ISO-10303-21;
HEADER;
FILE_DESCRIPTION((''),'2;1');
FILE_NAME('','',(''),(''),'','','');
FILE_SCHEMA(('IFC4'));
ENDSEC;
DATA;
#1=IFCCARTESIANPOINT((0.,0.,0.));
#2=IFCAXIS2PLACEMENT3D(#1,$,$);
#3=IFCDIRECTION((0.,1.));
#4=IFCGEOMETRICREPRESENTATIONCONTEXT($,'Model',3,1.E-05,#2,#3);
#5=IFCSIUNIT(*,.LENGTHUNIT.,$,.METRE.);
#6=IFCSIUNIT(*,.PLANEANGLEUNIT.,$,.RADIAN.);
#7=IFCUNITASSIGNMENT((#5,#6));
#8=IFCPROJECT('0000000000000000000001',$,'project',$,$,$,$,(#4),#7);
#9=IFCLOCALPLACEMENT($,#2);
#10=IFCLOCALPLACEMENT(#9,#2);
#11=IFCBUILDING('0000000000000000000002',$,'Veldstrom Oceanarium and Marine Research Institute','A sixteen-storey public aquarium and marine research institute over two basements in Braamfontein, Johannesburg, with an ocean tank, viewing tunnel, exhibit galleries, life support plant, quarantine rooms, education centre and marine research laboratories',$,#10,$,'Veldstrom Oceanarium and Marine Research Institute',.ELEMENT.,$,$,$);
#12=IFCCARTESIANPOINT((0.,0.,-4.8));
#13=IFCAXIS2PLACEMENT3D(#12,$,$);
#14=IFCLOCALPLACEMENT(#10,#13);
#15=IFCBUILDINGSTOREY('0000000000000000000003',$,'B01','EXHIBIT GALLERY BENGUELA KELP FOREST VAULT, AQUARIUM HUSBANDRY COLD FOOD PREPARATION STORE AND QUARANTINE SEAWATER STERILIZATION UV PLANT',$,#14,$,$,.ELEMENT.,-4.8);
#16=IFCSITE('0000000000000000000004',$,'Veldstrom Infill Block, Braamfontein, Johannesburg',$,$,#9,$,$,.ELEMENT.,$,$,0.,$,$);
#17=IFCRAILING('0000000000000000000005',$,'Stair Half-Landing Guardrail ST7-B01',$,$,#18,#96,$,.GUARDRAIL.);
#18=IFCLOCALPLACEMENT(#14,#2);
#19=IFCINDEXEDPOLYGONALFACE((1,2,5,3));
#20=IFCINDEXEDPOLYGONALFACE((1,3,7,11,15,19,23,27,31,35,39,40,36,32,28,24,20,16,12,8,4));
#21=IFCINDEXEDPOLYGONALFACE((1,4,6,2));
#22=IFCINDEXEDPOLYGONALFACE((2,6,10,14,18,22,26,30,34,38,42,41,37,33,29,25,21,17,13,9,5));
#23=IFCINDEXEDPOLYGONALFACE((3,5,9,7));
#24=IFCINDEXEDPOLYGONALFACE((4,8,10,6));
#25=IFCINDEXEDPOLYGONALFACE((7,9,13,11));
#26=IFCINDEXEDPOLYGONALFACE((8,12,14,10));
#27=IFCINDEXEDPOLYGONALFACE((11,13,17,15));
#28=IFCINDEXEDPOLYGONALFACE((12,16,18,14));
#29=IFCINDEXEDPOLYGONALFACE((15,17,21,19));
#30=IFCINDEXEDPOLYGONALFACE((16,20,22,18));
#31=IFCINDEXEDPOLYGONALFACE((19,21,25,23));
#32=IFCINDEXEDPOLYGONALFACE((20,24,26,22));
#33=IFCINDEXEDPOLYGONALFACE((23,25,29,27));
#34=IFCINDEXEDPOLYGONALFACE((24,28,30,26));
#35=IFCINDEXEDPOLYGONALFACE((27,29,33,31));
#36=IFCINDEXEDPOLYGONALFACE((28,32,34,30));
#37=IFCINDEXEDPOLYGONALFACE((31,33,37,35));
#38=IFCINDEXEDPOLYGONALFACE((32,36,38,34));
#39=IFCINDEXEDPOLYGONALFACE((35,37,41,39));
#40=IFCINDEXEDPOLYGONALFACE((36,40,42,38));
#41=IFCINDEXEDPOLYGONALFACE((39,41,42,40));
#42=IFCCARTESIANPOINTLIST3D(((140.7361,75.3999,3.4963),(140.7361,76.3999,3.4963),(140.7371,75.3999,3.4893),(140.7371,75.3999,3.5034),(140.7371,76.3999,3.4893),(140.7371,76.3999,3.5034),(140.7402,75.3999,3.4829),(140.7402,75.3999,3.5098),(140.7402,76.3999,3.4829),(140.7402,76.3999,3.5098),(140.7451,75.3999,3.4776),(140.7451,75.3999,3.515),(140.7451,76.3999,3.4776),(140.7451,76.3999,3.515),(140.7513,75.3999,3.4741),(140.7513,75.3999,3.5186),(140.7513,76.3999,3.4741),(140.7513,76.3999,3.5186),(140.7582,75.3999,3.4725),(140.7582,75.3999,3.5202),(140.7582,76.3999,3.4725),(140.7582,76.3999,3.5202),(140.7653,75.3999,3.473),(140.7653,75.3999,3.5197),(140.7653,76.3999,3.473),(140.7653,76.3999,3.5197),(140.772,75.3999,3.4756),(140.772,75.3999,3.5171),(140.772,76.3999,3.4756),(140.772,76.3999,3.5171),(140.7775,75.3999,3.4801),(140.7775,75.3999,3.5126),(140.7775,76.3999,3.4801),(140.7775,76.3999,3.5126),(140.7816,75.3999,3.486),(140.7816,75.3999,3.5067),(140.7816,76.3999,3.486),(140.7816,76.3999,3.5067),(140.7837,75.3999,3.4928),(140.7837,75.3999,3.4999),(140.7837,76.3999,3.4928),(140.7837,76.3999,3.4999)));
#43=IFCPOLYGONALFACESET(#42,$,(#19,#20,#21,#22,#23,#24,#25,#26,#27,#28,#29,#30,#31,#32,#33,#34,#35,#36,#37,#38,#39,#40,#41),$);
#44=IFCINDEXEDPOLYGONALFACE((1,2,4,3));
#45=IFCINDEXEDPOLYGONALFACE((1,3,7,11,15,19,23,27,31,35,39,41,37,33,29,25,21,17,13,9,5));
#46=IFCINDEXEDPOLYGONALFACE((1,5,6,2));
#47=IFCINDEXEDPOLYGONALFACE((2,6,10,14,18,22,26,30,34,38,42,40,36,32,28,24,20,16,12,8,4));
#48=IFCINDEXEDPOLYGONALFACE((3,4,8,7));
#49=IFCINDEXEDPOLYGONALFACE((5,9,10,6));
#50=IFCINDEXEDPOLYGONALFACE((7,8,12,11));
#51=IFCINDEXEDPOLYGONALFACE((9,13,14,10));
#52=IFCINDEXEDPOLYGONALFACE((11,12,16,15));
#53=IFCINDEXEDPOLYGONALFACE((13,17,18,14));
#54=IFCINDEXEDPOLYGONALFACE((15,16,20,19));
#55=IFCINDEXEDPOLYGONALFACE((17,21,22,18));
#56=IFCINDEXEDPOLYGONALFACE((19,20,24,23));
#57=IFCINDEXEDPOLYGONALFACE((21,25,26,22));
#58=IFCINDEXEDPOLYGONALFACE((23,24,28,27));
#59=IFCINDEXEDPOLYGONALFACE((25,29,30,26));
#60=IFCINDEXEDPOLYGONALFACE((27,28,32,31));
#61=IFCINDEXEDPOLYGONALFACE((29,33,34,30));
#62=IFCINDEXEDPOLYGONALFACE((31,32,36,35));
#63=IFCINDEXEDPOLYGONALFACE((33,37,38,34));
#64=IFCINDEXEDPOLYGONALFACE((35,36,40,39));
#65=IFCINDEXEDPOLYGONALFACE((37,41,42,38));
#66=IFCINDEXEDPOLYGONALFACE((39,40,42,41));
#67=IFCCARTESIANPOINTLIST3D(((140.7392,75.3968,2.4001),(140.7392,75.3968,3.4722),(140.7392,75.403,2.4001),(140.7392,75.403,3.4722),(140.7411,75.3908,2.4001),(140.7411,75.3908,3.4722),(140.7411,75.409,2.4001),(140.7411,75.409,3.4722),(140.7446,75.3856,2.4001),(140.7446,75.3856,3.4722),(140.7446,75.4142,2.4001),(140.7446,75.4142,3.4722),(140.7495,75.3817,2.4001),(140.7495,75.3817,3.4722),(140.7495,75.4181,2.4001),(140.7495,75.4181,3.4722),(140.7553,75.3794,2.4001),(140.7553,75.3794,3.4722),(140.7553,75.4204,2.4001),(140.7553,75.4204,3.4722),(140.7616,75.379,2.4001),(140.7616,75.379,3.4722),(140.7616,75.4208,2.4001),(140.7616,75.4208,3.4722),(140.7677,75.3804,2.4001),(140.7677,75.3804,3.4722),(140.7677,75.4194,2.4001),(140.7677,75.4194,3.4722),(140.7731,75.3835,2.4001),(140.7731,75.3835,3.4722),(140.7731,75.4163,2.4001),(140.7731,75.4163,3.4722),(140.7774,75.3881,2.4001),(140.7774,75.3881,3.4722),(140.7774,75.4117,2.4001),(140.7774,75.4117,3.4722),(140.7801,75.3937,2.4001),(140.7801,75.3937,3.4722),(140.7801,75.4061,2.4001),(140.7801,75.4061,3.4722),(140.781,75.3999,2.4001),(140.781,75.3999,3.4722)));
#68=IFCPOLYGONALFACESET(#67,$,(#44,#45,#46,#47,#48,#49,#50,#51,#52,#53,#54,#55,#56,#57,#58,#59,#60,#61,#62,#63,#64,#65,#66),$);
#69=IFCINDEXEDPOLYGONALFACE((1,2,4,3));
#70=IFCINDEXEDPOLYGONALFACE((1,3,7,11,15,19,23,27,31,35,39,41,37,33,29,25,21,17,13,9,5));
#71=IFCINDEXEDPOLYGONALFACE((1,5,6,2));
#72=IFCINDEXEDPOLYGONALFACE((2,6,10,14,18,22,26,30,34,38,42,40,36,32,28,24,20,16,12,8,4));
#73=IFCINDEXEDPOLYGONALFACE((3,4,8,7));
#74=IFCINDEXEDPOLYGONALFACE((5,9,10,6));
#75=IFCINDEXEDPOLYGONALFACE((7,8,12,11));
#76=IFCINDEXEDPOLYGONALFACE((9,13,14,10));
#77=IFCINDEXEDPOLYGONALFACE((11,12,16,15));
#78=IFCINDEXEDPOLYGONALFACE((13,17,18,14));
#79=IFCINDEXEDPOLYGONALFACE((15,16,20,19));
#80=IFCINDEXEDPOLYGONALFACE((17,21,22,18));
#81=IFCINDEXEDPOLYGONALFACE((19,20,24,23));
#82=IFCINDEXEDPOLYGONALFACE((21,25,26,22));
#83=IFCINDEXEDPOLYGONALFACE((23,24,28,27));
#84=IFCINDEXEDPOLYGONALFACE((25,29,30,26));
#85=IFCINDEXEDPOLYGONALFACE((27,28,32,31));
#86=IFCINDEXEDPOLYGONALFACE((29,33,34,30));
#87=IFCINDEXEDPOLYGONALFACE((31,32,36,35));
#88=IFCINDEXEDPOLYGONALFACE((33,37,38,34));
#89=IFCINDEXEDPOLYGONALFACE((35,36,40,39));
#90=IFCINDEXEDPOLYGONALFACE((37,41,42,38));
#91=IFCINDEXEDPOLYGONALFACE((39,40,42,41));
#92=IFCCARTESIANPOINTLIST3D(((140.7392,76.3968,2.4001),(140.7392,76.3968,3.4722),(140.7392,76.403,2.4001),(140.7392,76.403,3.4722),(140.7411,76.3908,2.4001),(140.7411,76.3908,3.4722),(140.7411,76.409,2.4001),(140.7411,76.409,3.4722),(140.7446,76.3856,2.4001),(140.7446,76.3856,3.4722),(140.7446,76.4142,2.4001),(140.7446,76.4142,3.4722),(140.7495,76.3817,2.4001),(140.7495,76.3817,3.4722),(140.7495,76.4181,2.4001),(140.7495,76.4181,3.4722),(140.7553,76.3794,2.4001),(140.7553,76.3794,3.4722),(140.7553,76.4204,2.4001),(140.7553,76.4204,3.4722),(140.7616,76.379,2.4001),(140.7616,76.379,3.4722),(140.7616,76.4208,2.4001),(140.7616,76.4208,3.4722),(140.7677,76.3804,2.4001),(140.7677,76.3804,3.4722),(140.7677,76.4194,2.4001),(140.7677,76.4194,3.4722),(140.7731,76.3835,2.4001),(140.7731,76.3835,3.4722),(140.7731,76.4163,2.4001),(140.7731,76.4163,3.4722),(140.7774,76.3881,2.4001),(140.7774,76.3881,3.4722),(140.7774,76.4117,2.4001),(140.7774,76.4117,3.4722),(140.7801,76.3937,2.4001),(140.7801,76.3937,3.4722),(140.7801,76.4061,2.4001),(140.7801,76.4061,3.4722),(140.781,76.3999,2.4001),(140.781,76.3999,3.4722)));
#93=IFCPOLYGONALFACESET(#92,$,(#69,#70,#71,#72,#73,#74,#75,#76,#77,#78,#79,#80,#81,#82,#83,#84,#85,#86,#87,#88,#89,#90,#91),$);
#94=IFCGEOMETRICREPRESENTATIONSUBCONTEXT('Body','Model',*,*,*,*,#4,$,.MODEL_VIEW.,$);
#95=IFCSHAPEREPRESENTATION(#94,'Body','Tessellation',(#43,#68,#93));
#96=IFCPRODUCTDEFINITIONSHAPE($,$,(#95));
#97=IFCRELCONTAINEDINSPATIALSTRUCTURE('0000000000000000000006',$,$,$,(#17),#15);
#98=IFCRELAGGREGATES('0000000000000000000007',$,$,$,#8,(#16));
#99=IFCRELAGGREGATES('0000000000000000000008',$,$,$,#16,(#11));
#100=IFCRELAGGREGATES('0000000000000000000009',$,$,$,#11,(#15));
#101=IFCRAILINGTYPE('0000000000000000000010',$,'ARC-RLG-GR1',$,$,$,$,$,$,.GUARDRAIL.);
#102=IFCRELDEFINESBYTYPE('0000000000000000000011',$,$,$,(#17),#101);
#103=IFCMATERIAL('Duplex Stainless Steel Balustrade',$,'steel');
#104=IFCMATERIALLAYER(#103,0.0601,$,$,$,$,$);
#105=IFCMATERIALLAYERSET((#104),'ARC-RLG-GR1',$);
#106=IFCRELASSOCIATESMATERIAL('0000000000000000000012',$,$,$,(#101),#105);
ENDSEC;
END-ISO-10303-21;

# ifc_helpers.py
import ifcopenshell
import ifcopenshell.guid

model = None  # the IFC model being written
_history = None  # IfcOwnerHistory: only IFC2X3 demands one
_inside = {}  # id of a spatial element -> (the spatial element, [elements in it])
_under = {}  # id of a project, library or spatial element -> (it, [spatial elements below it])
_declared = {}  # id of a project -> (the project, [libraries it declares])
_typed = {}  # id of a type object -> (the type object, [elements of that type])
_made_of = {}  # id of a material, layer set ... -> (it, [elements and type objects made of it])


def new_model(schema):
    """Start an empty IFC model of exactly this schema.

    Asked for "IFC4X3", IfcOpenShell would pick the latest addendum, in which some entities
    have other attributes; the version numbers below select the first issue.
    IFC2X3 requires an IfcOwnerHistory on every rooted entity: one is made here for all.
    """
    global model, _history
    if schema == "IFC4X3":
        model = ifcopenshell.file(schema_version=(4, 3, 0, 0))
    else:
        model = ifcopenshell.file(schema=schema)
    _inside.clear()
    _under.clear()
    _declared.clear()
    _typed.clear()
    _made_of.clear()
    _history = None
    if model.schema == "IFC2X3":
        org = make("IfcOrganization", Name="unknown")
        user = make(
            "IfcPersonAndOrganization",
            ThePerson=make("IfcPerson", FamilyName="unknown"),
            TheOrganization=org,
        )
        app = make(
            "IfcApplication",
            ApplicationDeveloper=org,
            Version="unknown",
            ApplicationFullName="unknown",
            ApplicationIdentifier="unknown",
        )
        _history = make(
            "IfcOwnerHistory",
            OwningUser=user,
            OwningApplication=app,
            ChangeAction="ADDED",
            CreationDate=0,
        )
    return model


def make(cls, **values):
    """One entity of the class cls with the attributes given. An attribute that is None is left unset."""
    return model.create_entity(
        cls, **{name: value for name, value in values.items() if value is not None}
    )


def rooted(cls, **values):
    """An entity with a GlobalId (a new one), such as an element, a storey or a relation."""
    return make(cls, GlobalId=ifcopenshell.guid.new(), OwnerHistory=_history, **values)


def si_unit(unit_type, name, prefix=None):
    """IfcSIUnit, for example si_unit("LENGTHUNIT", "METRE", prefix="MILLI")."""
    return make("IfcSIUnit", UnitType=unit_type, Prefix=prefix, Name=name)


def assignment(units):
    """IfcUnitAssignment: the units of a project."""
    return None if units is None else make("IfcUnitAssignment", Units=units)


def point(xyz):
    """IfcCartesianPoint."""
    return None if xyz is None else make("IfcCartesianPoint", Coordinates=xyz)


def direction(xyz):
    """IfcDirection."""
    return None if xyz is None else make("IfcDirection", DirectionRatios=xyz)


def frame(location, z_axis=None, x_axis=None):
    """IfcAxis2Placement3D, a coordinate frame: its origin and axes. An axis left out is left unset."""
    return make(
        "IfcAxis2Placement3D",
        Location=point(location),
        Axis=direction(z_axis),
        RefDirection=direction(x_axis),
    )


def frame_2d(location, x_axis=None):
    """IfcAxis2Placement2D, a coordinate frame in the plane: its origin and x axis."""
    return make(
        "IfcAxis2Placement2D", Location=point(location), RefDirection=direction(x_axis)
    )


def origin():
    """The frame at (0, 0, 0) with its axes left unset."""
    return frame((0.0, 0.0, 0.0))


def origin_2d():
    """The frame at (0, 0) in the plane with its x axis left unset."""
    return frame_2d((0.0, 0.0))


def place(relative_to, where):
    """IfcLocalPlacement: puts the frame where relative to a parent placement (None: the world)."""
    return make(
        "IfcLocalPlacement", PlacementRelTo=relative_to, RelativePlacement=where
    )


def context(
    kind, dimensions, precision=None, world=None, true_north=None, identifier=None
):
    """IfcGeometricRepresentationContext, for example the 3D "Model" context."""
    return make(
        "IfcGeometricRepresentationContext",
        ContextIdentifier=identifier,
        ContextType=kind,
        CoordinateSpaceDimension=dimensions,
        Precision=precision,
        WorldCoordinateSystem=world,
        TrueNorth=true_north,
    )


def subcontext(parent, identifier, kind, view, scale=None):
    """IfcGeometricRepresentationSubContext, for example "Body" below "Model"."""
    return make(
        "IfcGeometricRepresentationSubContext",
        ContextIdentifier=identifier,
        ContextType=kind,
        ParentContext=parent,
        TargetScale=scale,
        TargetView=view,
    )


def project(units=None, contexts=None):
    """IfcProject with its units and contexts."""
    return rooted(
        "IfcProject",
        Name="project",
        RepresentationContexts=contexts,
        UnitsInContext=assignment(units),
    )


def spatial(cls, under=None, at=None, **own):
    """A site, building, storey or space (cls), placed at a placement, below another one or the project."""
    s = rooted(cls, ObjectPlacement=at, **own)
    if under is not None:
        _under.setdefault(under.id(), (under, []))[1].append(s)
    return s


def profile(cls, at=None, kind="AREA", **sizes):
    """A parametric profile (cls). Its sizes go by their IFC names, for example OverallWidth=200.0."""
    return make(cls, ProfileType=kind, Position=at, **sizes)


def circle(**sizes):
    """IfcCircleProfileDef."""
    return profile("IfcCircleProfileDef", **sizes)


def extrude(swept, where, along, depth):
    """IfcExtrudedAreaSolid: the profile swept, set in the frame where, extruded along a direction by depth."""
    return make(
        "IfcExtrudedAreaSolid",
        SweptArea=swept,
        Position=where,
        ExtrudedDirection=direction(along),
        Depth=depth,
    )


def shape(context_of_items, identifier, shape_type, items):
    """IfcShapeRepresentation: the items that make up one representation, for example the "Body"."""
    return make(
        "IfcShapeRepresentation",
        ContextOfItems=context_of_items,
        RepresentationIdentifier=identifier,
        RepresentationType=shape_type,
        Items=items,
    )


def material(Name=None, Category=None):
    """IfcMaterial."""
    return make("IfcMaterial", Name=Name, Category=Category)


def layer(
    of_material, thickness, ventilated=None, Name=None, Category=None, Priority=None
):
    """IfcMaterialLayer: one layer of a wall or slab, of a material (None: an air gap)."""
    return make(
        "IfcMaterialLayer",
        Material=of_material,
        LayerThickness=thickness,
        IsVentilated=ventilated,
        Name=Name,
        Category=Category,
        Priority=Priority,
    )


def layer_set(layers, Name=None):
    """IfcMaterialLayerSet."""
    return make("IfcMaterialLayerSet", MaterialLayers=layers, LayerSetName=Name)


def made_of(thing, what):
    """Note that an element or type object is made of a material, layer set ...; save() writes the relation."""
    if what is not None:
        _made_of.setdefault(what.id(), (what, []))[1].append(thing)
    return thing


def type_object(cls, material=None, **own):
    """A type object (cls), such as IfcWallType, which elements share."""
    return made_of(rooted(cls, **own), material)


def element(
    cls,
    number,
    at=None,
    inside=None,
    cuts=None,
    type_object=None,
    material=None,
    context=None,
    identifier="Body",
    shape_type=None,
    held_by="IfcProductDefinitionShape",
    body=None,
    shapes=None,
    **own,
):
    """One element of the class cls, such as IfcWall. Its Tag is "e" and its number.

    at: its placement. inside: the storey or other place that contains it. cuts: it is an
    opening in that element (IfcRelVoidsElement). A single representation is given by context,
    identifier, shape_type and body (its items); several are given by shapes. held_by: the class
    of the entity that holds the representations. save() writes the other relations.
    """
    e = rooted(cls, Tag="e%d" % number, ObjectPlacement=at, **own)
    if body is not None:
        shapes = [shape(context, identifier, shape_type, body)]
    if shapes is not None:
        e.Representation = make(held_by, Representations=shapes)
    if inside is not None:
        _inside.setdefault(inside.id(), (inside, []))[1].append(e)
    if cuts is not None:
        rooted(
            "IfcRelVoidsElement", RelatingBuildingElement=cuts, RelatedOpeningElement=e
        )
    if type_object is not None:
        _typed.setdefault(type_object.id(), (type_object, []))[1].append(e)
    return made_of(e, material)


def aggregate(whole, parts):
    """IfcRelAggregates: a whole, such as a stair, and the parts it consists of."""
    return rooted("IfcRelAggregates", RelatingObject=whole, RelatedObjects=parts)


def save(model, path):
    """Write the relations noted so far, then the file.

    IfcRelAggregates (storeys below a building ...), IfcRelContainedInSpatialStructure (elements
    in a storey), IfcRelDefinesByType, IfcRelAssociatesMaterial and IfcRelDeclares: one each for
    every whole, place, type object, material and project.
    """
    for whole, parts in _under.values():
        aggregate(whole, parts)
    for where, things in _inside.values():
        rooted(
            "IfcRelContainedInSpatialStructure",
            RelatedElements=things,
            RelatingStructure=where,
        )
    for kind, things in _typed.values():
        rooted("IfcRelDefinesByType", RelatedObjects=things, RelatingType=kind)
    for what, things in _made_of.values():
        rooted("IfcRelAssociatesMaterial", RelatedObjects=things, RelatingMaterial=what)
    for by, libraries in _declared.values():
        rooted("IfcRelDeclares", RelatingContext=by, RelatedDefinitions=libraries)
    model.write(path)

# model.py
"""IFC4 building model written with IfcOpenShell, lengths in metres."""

from ifc_helpers import new_model, si_unit, direction, frame, origin, origin_2d, place, context, subcontext, project, spatial, circle, extrude, material, layer, layer_set, type_object, element, save


model = new_model("IFC4")

# Units and contexts
model_context = context("Model", 3, precision=1e-05, world=origin(), true_north=direction((0.0, 1.0)))
body_context = subcontext(model_context, "Body", "Model", "MODEL_VIEW")
ifc_project = project(units=[si_unit("LENGTHUNIT", "METRE"), si_unit("PLANEANGLEUNIT", "RADIAN")], contexts=[model_context])

# Site, building, storey
site_placement = place(None, origin())
site = spatial("IfcSite", under=ifc_project, at=site_placement, Name="Veldstrom Infill Block, Braamfontein, Johannesburg", CompositionType="ELEMENT", RefElevation=0.0)
building_placement = place(site_placement, origin())
building = spatial("IfcBuilding", under=site, at=building_placement, Name="Veldstrom Oceanarium and Marine Research Institute", Description="A sixteen-storey public aquarium and marine research institute over two basements in Braamfontein, Johannesburg, with an ocean tank, viewing tunnel, exhibit galleries, life support plant, quarantine rooms, education centre and marine research laboratories", LongName="Veldstrom Oceanarium and Marine Research Institute", CompositionType="ELEMENT")
storey_placement = place(building_placement, frame((0.0, 0.0, -4.8)))
storey = spatial("IfcBuildingStorey", under=building, at=storey_placement, Name="B01", Description="EXHIBIT GALLERY BENGUELA KELP FOREST VAULT, AQUARIUM HUSBANDRY COLD FOOD PREPARATION STORE AND QUARANTINE SEAWATER STERILIZATION UV PLANT", CompositionType="ELEMENT", Elevation=-4.8)

# Railing
ifc_material_1 = material(Name="Duplex Stainless Steel Balustrade", Category="steel")
ifc_layer_1 = layer(ifc_material_1, 0.0601)
ifc_layer_set_1 = layer_set([ifc_layer_1], Name="ARC-RLG-GR1")
railing_type_1 = type_object("IfcRailingType", Name="ARC-RLG-GR1", PredefinedType="GUARDRAIL", material=ifc_layer_set_1)
railing_1_placement = place(storey_placement, frame((140.76, 75.3999, 2.4001)))
element("IfcRailing", 1, at=railing_1_placement, inside=storey, type_object=railing_type_1, Name="Stair Half-Landing Guardrail ST7-B01", PredefinedType="GUARDRAIL", context=body_context, shape_type="SweptSolid", body=[
    extrude(circle(Radius=0.0239, at=origin_2d()), frame((0.0, 0.0, 1.0962), z_axis=(0.0, 1.0, 0.0), x_axis=(-1.0, 0.0, 0.0)), (0.0, 0.0, 1.0), 1.0),
    extrude(circle(Radius=0.021, at=origin_2d()), origin(), (0.0, 0.0, 1.0), 1.072),
    extrude(circle(Radius=0.021, at=origin_2d()), frame((0.0, 1.0, 0.0)), (0.0, 0.0, 1.0), 1.072),
])

save(model, "model.ifc")
